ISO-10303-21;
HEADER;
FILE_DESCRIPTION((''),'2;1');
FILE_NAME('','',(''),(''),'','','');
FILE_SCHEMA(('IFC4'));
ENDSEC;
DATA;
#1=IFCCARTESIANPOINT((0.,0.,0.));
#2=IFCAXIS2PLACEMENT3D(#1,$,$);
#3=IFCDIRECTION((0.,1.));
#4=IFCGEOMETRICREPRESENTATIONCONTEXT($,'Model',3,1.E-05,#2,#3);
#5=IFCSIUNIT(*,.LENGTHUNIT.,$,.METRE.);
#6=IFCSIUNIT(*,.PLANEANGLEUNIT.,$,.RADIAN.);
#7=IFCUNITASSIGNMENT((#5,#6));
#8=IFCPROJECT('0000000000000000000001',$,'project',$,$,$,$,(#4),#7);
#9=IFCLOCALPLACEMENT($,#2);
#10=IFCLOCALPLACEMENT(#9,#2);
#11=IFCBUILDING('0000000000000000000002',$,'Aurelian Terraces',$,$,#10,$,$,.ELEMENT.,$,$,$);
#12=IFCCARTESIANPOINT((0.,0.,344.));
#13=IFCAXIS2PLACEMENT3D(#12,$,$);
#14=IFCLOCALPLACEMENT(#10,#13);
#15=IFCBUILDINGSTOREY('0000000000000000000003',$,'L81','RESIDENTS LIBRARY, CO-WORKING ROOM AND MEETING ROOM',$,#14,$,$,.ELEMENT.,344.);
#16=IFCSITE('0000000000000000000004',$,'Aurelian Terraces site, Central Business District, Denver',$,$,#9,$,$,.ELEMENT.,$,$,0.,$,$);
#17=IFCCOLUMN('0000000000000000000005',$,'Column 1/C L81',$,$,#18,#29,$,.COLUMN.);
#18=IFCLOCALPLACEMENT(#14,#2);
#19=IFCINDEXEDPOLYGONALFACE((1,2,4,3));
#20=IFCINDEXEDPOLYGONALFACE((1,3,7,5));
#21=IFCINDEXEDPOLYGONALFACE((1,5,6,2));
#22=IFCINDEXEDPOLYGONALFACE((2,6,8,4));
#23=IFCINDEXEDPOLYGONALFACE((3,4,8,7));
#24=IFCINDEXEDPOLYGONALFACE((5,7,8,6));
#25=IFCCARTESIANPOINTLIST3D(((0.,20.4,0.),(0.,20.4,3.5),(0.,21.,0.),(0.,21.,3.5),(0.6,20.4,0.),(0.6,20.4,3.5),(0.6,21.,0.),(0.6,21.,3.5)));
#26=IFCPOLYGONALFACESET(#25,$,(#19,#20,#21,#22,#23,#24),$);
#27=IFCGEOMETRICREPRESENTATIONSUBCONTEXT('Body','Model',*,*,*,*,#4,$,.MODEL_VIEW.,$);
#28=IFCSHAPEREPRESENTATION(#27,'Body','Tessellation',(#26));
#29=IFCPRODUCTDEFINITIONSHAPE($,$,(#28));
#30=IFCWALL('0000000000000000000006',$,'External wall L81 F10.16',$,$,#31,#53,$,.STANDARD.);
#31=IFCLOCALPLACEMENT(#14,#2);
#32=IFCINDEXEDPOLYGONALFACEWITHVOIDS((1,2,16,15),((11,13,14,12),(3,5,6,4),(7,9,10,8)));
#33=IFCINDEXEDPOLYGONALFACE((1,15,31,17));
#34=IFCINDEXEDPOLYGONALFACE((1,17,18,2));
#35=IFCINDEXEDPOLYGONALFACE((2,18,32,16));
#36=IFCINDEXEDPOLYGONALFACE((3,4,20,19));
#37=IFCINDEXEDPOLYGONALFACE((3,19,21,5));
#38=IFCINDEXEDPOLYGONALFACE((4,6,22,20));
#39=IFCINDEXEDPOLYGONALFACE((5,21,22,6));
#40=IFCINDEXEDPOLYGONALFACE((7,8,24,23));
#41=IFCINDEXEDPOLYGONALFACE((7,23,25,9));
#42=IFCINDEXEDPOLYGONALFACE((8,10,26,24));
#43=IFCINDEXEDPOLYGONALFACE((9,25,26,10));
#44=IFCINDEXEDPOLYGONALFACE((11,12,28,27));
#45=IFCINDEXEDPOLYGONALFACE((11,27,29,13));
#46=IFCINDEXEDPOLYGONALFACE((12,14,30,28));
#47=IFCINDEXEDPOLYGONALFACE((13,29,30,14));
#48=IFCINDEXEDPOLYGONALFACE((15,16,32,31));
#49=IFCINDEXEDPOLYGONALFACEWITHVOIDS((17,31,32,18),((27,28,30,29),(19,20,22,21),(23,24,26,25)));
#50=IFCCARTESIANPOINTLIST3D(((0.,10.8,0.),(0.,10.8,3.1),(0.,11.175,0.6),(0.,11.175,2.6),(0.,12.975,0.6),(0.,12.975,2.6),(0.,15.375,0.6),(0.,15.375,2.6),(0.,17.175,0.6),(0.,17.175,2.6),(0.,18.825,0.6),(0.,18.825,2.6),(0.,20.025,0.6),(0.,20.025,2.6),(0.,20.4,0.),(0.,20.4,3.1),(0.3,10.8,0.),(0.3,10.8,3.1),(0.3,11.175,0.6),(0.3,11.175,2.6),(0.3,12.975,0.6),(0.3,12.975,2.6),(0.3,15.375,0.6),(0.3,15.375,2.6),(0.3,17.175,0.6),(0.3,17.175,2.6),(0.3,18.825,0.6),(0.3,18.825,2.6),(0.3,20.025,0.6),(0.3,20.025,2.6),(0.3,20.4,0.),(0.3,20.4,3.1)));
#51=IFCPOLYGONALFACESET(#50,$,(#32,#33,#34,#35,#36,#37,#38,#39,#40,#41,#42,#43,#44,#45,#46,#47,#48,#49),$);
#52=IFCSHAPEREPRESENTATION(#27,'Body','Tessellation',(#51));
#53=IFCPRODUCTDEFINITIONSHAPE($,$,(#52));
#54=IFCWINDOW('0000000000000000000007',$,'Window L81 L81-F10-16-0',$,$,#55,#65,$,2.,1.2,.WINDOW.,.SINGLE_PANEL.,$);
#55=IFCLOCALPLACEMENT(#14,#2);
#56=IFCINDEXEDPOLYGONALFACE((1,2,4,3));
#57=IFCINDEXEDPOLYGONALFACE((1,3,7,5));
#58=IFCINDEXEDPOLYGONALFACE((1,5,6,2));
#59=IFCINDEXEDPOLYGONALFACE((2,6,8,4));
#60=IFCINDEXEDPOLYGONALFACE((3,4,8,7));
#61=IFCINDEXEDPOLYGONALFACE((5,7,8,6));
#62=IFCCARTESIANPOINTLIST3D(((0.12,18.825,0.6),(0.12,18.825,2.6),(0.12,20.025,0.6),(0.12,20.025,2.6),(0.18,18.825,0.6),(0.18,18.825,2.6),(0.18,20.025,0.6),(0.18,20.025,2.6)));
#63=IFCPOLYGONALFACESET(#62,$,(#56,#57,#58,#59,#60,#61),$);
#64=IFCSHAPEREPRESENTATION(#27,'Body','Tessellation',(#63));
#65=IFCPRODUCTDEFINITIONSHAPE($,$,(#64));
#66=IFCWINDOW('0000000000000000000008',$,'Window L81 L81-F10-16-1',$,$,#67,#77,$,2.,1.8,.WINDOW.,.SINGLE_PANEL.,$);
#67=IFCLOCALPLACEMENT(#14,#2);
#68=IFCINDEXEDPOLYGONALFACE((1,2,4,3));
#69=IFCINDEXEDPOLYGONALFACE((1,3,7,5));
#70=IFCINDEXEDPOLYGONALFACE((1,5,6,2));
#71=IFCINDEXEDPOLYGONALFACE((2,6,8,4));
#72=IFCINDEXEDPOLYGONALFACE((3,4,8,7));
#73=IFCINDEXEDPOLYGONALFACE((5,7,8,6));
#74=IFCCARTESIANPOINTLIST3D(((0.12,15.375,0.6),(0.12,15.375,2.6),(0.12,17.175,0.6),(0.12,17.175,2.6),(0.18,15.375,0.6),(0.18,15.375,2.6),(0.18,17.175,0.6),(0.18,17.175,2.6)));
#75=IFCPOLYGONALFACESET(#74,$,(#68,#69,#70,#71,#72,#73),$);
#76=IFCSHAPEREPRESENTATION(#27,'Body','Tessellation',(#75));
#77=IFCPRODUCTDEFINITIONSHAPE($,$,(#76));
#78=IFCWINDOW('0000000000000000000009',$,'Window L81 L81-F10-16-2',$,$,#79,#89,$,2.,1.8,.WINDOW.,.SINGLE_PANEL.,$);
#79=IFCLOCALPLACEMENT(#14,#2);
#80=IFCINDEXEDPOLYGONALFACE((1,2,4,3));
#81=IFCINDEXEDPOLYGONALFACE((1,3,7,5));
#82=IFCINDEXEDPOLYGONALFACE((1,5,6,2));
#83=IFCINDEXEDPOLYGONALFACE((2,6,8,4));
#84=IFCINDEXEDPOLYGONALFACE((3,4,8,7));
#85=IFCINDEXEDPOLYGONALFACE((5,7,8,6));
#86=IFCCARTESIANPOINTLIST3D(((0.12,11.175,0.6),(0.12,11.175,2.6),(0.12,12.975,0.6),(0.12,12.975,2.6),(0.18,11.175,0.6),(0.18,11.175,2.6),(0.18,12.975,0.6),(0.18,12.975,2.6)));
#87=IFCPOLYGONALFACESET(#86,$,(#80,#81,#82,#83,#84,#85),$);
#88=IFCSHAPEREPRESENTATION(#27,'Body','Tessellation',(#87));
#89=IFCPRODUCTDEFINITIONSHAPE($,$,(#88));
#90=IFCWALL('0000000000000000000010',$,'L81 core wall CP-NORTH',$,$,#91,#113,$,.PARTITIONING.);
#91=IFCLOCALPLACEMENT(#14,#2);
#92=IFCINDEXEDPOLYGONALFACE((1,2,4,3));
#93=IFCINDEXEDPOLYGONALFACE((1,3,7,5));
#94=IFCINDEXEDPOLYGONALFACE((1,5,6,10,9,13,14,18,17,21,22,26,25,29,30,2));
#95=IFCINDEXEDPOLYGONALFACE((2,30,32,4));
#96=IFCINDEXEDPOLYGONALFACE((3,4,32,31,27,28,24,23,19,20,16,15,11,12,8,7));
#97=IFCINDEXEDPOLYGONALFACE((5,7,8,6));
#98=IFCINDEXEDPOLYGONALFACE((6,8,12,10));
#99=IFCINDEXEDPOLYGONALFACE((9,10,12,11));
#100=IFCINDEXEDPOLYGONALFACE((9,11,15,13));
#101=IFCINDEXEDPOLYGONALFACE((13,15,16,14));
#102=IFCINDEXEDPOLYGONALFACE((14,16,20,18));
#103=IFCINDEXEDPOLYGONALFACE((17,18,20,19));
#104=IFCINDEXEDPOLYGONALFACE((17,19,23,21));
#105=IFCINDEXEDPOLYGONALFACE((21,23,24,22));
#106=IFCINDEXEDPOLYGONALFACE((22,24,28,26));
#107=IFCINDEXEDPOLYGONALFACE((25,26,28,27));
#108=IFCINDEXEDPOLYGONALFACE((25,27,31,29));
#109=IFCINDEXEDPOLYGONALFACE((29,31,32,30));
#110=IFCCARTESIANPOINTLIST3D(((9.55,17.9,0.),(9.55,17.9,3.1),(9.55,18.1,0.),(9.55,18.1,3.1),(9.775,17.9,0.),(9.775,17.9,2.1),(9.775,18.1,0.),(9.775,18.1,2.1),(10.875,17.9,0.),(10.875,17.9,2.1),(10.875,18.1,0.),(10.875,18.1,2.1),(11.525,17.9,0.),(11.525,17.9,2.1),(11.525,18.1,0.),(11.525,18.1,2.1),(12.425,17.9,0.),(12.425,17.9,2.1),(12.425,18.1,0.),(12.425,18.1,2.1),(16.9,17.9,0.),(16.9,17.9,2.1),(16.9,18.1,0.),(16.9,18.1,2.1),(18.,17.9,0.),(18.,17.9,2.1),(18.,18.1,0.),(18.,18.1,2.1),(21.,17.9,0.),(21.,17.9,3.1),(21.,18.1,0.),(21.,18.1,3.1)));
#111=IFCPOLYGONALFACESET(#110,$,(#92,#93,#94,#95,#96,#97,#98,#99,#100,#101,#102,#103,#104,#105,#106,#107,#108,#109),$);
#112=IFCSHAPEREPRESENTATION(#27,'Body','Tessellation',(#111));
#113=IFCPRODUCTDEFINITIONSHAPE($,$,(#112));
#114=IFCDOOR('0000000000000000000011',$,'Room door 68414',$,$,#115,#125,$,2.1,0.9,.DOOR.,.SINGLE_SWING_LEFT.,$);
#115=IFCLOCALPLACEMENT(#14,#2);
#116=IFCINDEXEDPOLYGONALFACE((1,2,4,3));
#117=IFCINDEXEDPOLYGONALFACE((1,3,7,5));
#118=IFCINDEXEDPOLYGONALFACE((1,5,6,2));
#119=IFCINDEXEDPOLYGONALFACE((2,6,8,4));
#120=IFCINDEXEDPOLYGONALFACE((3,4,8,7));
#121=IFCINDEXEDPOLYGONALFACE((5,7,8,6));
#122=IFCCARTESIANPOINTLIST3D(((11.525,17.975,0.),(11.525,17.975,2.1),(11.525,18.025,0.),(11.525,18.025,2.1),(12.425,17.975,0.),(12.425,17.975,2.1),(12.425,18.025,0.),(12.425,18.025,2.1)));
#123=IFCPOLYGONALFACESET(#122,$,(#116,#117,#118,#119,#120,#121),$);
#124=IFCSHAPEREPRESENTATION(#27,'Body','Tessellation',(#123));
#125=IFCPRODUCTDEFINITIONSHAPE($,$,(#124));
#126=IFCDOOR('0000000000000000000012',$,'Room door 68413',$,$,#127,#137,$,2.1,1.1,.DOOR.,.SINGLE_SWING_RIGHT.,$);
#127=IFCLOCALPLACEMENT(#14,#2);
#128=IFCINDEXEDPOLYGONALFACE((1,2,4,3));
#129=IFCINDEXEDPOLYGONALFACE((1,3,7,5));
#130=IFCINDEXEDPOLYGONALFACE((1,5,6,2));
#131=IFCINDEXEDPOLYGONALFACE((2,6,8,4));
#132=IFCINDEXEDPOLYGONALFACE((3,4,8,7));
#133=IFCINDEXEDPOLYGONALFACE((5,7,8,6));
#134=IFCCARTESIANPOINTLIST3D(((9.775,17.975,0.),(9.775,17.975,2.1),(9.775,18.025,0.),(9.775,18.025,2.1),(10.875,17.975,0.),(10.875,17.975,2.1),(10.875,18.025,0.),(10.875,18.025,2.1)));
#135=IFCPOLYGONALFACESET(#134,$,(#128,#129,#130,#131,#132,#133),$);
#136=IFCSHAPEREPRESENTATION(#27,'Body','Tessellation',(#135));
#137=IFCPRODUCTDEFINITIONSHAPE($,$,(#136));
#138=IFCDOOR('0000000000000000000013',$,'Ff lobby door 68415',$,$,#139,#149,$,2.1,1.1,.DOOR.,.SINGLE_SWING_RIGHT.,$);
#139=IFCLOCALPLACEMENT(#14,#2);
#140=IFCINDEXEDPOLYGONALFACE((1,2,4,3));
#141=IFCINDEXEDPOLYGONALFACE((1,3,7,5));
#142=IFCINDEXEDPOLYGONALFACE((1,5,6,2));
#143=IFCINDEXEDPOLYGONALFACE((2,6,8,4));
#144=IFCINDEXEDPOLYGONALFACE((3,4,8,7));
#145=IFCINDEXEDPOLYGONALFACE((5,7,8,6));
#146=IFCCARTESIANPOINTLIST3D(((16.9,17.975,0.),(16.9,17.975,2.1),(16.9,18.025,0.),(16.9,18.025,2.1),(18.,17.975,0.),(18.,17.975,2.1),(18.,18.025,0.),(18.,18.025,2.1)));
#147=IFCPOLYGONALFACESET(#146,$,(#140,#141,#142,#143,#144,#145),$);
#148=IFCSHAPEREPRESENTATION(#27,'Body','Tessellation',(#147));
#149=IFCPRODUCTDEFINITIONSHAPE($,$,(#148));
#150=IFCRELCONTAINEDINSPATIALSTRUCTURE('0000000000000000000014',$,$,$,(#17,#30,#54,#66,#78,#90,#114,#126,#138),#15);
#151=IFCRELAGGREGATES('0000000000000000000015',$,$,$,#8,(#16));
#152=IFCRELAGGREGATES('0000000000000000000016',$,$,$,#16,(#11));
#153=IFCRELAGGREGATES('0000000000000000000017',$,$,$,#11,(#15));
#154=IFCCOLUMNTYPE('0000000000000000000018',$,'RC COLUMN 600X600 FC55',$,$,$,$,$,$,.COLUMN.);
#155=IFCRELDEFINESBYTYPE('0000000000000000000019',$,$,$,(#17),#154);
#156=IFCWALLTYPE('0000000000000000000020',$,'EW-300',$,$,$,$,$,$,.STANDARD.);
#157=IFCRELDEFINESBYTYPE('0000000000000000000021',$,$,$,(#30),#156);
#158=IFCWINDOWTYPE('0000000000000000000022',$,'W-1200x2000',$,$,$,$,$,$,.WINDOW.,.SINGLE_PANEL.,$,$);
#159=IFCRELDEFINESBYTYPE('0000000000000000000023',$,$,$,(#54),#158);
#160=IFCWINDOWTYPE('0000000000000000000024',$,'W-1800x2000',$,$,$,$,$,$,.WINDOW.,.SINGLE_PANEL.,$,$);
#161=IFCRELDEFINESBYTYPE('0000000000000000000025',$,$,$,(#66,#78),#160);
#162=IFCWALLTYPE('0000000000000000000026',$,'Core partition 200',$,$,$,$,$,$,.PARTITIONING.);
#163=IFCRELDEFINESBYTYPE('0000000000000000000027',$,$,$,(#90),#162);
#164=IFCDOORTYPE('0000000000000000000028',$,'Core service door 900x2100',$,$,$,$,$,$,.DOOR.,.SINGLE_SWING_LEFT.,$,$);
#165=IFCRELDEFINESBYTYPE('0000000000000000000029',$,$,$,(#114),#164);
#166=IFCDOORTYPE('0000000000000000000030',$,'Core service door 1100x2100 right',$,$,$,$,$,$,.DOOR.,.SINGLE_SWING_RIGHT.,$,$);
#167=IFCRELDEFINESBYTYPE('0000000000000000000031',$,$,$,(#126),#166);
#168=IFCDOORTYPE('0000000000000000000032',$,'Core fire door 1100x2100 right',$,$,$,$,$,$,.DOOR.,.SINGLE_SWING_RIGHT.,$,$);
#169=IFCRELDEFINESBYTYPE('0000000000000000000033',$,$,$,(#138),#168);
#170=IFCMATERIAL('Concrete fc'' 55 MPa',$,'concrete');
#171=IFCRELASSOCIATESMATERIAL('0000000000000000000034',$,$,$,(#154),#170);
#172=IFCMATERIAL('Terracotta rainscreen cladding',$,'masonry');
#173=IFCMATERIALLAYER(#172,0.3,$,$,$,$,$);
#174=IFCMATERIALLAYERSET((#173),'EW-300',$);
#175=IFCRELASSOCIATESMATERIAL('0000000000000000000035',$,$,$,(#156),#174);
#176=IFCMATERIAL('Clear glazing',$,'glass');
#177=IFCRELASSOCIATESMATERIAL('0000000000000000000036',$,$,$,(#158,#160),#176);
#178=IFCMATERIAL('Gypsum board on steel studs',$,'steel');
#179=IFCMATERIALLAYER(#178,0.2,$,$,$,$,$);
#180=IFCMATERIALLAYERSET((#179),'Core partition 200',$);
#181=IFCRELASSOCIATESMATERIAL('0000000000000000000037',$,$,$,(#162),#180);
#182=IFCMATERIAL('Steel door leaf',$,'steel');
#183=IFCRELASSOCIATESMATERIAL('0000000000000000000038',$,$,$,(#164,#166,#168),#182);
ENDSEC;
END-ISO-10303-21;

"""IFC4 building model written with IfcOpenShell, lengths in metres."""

from ifc_helpers import new_model, si_unit, direction, frame, frame_2d, origin, origin_2d, place, context, subcontext, project, spatial, rectangle, extrude, source, transform, mapped, material, layer, layer_set, material_profile, profile_set, type_object, element, fill, save


model = new_model("IFC4")

# Units and contexts
model_context = context("Model", 3, precision=1e-05, world=origin(), true_north=direction((0.0, 1.0)))
body_context = subcontext(model_context, "Body", "Model", "MODEL_VIEW")
ifc_project = project(units=[si_unit("LENGTHUNIT", "METRE"), si_unit("PLANEANGLEUNIT", "RADIAN")], contexts=[model_context])

# Site, building, storey
site_placement = place(None, origin())
site = spatial("IfcSite", under=ifc_project, at=site_placement, Name="Aurelian Terraces site, Central Business District, Denver", CompositionType="ELEMENT", RefElevation=0.0)
building_placement = place(site_placement, origin())
building = spatial("IfcBuilding", under=site, at=building_placement, Name="Aurelian Terraces", CompositionType="ELEMENT")
storey_placement = place(building_placement, frame((0.0, 0.0, 344.0)))
storey = spatial("IfcBuildingStorey", under=building, at=storey_placement, Name="L81", Description="RESIDENTS LIBRARY, CO-WORKING ROOM AND MEETING ROOM", CompositionType="ELEMENT", Elevation=344.0)

# Column
ifc_material_1 = material(Name="Concrete fc' 55 MPa", Category="concrete")
ifc_material_profile = material_profile(ifc_material_1, rectangle(XDim=0.6, YDim=0.6, at=origin_2d()))
ifc_profile_set = profile_set([ifc_material_profile], Name="Concrete fc' 55 MPa")
column_type = type_object("IfcColumnType", Name="RC COLUMN 600X600 FC55", PredefinedType="COLUMN", material=ifc_profile_set)
shared_shape_1 = source(origin(), body_context, "Body", "SweptSolid", [
    extrude(rectangle(XDim=0.6, YDim=0.6, at=origin_2d()), origin(), (0.0, 0.0, 1.0), 3.5),
])
column_placement = place(storey_placement, frame((0.3, 20.7, 0.0), z_axis=(0.0, 0.0, 1.0), x_axis=(1.0, 0.0, 0.0)))
element("IfcColumn", 1, at=column_placement, inside=storey, type_object=column_type, Name="Column 1/C L81", PredefinedType="COLUMN", context=body_context, shape_type="MappedRepresentation", body=[
    mapped(shared_shape_1, transform((0.0, 0.0, 0.0), scale=1.0)),
])

# Wall, openings, windows
ifc_material_2 = material(Name="Terracotta rainscreen cladding", Category="masonry")
ifc_layer_1 = layer(ifc_material_2, 0.3)
ifc_layer_set_1 = layer_set([ifc_layer_1], Name="EW-300")
wall_type_1 = type_object("IfcWallType", Name="EW-300", PredefinedType="STANDARD", material=ifc_layer_set_1)
shared_shape_2 = source(origin(), body_context, "Body", "SweptSolid", [
    extrude(rectangle(XDim=9.6, YDim=0.3, at=frame_2d((4.8, 0.0))), origin(), (0.0, 0.0, 1.0), 3.1),
])
wall_1_placement = place(storey_placement, frame((0.15, 20.4, 0.0), z_axis=(0.0, 0.0, 1.0), x_axis=(0.0, -1.0, 0.0)))
wall_1 = element("IfcWall", 2, at=wall_1_placement, inside=storey, type_object=wall_type_1, Name="External wall L81 F10.16", PredefinedType="STANDARD", context=body_context, shape_type="MappedRepresentation", body=[
    mapped(shared_shape_2, transform((0.0, 0.0, 0.0), scale=1.0)),
])
shared_shape_3 = source(origin(), body_context, "Body", "SweptSolid", [
    extrude(rectangle(XDim=1.2, YDim=2.0, at=frame_2d((0.6, 1.0))), frame((0.0, 0.16, 0.0), z_axis=(0.0, -1.0, 0.0), x_axis=(1.0, 0.0, 0.0)), (0.0, 0.0, 1.0), 0.32),
])
opening_1_placement = place(wall_1_placement, frame((0.375, 0.0, 0.6)))
opening_1 = element("IfcOpeningElement", 3, at=opening_1_placement, cuts=wall_1, PredefinedType="OPENING", context=body_context, shape_type="MappedRepresentation", body=[
    mapped(shared_shape_3, transform((0.0, 0.0, 0.0), scale=1.0)),
])
shared_shape_4 = source(origin(), body_context, "Body", "SweptSolid", [
    extrude(rectangle(XDim=1.8, YDim=2.0, at=frame_2d((0.9, 1.0))), frame((0.0, 0.16, 0.0), z_axis=(0.0, -1.0, 0.0), x_axis=(1.0, 0.0, 0.0)), (0.0, 0.0, 1.0), 0.32),
])
opening_2_placement = place(wall_1_placement, frame((3.225, 0.0, 0.6)))
opening_2 = element("IfcOpeningElement", 4, at=opening_2_placement, cuts=wall_1, PredefinedType="OPENING", context=body_context, shape_type="MappedRepresentation", body=[
    mapped(shared_shape_4, transform((0.0, 0.0, 0.0), scale=1.0)),
])
opening_3_placement = place(wall_1_placement, frame((7.425, 0.0, 0.6)))
opening_3 = element("IfcOpeningElement", 5, at=opening_3_placement, cuts=wall_1, PredefinedType="OPENING", context=body_context, shape_type="MappedRepresentation", body=[
    mapped(shared_shape_4, transform((0.0, 0.0, 0.0), scale=1.0)),
])
ifc_material_3 = material(Name="Clear glazing", Category="glass")
window_type_1 = type_object("IfcWindowType", Name="W-1200x2000", PartitioningType="SINGLE_PANEL", PredefinedType="WINDOW", material=ifc_material_3)
shared_shape_5 = source(origin(), body_context, "Body", "SweptSolid", [
    extrude(rectangle(XDim=1.2, YDim=2.0, at=frame_2d((0.6, 1.0))), frame((0.0, 0.03, 0.0), z_axis=(0.0, -1.0, 0.0), x_axis=(1.0, 0.0, 0.0)), (0.0, 0.0, 1.0), 0.06),
])
window_1_placement = place(opening_1_placement, origin())
window_1 = element("IfcWindow", 6, at=window_1_placement, inside=storey, type_object=window_type_1, Name="Window L81 L81-F10-16-0", OverallHeight=2.0, OverallWidth=1.2, PartitioningType="SINGLE_PANEL", PredefinedType="WINDOW", context=body_context, shape_type="MappedRepresentation", body=[
    mapped(shared_shape_5, transform((0.0, 0.0, 0.0), scale=1.0)),
])
fill(opening_1, window_1)
window_type_2 = type_object("IfcWindowType", Name="W-1800x2000", PartitioningType="SINGLE_PANEL", PredefinedType="WINDOW", material=ifc_material_3)
shared_shape_6 = source(origin(), body_context, "Body", "SweptSolid", [
    extrude(rectangle(XDim=1.8, YDim=2.0, at=frame_2d((0.9, 1.0))), frame((0.0, 0.03, 0.0), z_axis=(0.0, -1.0, 0.0), x_axis=(1.0, 0.0, 0.0)), (0.0, 0.0, 1.0), 0.06),
])
window_2_placement = place(opening_2_placement, origin())
window_2 = element("IfcWindow", 7, at=window_2_placement, inside=storey, type_object=window_type_2, Name="Window L81 L81-F10-16-1", OverallHeight=2.0, OverallWidth=1.8, PartitioningType="SINGLE_PANEL", PredefinedType="WINDOW", context=body_context, shape_type="MappedRepresentation", body=[
    mapped(shared_shape_6, transform((0.0, 0.0, 0.0), scale=1.0)),
])
fill(opening_2, window_2)
window_3_placement = place(opening_3_placement, origin())
window_3 = element("IfcWindow", 8, at=window_3_placement, inside=storey, type_object=window_type_2, Name="Window L81 L81-F10-16-2", OverallHeight=2.0, OverallWidth=1.8, PartitioningType="SINGLE_PANEL", PredefinedType="WINDOW", context=body_context, shape_type="MappedRepresentation", body=[
    mapped(shared_shape_6, transform((0.0, 0.0, 0.0), scale=1.0)),
])
fill(opening_3, window_3)

# Wall, openings, doors
ifc_material_4 = material(Name="Gypsum board on steel studs", Category="steel")
ifc_layer_2 = layer(ifc_material_4, 0.2)
ifc_layer_set_2 = layer_set([ifc_layer_2], Name="Core partition 200")
wall_type_2 = type_object("IfcWallType", Name="Core partition 200", PredefinedType="PARTITIONING", material=ifc_layer_set_2)
shared_shape_7 = source(origin(), body_context, "Body", "SweptSolid", [
    extrude(rectangle(XDim=11.45, YDim=0.2, at=frame_2d((5.725, 0.0))), origin(), (0.0, 0.0, 1.0), 3.1),
])
wall_2_placement = place(storey_placement, frame((9.55, 18.0, 0.0), z_axis=(0.0, 0.0, 1.0), x_axis=(1.0, 0.0, 0.0)))
wall_2 = element("IfcWall", 9, at=wall_2_placement, inside=storey, type_object=wall_type_2, Name="L81 core wall CP-NORTH", PredefinedType="PARTITIONING", context=body_context, shape_type="MappedRepresentation", body=[
    mapped(shared_shape_7, transform((0.0, 0.0, 0.0), scale=1.0)),
])
shared_shape_8 = source(origin(), body_context, "Body", "SweptSolid", [
    extrude(rectangle(XDim=1.1, YDim=2.1, at=frame_2d((0.55, 1.05))), frame((0.0, 0.11, 0.0), z_axis=(0.0, -1.0, 0.0), x_axis=(1.0, 0.0, 0.0)), (0.0, 0.0, 1.0), 0.22),
])
opening_4_placement = place(wall_2_placement, frame((0.225, 0.0, 0.0)))
opening_4 = element("IfcOpeningElement", 10, at=opening_4_placement, cuts=wall_2, PredefinedType="OPENING", context=body_context, shape_type="MappedRepresentation", body=[
    mapped(shared_shape_8, transform((0.0, 0.0, 0.0), scale=1.0)),
])
shared_shape_9 = source(origin(), body_context, "Body", "SweptSolid", [
    extrude(rectangle(XDim=0.9, YDim=2.1, at=frame_2d((0.45, 1.05))), frame((0.0, 0.11, 0.0), z_axis=(0.0, -1.0, 0.0), x_axis=(1.0, 0.0, 0.0)), (0.0, 0.0, 1.0), 0.22),
])
opening_5_placement = place(wall_2_placement, frame((1.975, 0.0, 0.0)))
opening_5 = element("IfcOpeningElement", 11, at=opening_5_placement, cuts=wall_2, PredefinedType="OPENING", context=body_context, shape_type="MappedRepresentation", body=[
    mapped(shared_shape_9, transform((0.0, 0.0, 0.0), scale=1.0)),
])
opening_6_placement = place(wall_2_placement, frame((7.35, 0.0, 0.0)))
opening_6 = element("IfcOpeningElement", 12, at=opening_6_placement, cuts=wall_2, PredefinedType="OPENING", context=body_context, shape_type="MappedRepresentation", body=[
    mapped(shared_shape_8, transform((0.0, 0.0, 0.0), scale=1.0)),
])
ifc_material_5 = material(Name="Steel door leaf", Category="steel")
door_type_1 = type_object("IfcDoorType", Name="Core service door 900x2100", OperationType="SINGLE_SWING_LEFT", PredefinedType="DOOR", material=ifc_material_5)
shared_shape_10 = source(origin(), body_context, "Body", "SweptSolid", [
    extrude(rectangle(XDim=0.9, YDim=2.1, at=frame_2d((0.45, 1.05))), frame((0.0, 0.025, 0.0), z_axis=(0.0, -1.0, 0.0), x_axis=(1.0, 0.0, 0.0)), (0.0, 0.0, 1.0), 0.05),
])
door_1_placement = place(opening_5_placement, origin())
door_1 = element("IfcDoor", 13, at=door_1_placement, inside=storey, type_object=door_type_1, Name="Room door 68414", OperationType="SINGLE_SWING_LEFT", OverallHeight=2.1, OverallWidth=0.9, PredefinedType="DOOR", context=body_context, shape_type="MappedRepresentation", body=[
    mapped(shared_shape_10, transform((0.0, 0.0, 0.0), scale=1.0)),
])
fill(opening_5, door_1)
door_type_2 = type_object("IfcDoorType", Name="Core service door 1100x2100 right", OperationType="SINGLE_SWING_RIGHT", PredefinedType="DOOR", material=ifc_material_5)
shared_shape_11 = source(origin(), body_context, "Body", "SweptSolid", [
    extrude(rectangle(XDim=1.1, YDim=2.1, at=frame_2d((0.55, 1.05))), frame((0.0, 0.025, 0.0), z_axis=(0.0, -1.0, 0.0), x_axis=(1.0, 0.0, 0.0)), (0.0, 0.0, 1.0), 0.05),
])
door_2_placement = place(opening_4_placement, origin())
door_2 = element("IfcDoor", 14, at=door_2_placement, inside=storey, type_object=door_type_2, Name="Room door 68413", OperationType="SINGLE_SWING_RIGHT", OverallHeight=2.1, OverallWidth=1.1, PredefinedType="DOOR", context=body_context, shape_type="MappedRepresentation", body=[
    mapped(shared_shape_11, transform((0.0, 0.0, 0.0), scale=1.0)),
])
fill(opening_4, door_2)
door_type_3 = type_object("IfcDoorType", Name="Core fire door 1100x2100 right", OperationType="SINGLE_SWING_RIGHT", PredefinedType="DOOR", material=ifc_material_5)
door_3_placement = place(opening_6_placement, origin())
door_3 = element("IfcDoor", 15, at=door_3_placement, inside=storey, type_object=door_type_3, Name="Ff lobby door 68415", OperationType="SINGLE_SWING_RIGHT", OverallHeight=2.1, OverallWidth=1.1, PredefinedType="DOOR", context=body_context, shape_type="MappedRepresentation", body=[
    mapped(shared_shape_11, transform((0.0, 0.0, 0.0), scale=1.0)),
])
fill(opening_6, door_3)

save(model, "model.ifc")
